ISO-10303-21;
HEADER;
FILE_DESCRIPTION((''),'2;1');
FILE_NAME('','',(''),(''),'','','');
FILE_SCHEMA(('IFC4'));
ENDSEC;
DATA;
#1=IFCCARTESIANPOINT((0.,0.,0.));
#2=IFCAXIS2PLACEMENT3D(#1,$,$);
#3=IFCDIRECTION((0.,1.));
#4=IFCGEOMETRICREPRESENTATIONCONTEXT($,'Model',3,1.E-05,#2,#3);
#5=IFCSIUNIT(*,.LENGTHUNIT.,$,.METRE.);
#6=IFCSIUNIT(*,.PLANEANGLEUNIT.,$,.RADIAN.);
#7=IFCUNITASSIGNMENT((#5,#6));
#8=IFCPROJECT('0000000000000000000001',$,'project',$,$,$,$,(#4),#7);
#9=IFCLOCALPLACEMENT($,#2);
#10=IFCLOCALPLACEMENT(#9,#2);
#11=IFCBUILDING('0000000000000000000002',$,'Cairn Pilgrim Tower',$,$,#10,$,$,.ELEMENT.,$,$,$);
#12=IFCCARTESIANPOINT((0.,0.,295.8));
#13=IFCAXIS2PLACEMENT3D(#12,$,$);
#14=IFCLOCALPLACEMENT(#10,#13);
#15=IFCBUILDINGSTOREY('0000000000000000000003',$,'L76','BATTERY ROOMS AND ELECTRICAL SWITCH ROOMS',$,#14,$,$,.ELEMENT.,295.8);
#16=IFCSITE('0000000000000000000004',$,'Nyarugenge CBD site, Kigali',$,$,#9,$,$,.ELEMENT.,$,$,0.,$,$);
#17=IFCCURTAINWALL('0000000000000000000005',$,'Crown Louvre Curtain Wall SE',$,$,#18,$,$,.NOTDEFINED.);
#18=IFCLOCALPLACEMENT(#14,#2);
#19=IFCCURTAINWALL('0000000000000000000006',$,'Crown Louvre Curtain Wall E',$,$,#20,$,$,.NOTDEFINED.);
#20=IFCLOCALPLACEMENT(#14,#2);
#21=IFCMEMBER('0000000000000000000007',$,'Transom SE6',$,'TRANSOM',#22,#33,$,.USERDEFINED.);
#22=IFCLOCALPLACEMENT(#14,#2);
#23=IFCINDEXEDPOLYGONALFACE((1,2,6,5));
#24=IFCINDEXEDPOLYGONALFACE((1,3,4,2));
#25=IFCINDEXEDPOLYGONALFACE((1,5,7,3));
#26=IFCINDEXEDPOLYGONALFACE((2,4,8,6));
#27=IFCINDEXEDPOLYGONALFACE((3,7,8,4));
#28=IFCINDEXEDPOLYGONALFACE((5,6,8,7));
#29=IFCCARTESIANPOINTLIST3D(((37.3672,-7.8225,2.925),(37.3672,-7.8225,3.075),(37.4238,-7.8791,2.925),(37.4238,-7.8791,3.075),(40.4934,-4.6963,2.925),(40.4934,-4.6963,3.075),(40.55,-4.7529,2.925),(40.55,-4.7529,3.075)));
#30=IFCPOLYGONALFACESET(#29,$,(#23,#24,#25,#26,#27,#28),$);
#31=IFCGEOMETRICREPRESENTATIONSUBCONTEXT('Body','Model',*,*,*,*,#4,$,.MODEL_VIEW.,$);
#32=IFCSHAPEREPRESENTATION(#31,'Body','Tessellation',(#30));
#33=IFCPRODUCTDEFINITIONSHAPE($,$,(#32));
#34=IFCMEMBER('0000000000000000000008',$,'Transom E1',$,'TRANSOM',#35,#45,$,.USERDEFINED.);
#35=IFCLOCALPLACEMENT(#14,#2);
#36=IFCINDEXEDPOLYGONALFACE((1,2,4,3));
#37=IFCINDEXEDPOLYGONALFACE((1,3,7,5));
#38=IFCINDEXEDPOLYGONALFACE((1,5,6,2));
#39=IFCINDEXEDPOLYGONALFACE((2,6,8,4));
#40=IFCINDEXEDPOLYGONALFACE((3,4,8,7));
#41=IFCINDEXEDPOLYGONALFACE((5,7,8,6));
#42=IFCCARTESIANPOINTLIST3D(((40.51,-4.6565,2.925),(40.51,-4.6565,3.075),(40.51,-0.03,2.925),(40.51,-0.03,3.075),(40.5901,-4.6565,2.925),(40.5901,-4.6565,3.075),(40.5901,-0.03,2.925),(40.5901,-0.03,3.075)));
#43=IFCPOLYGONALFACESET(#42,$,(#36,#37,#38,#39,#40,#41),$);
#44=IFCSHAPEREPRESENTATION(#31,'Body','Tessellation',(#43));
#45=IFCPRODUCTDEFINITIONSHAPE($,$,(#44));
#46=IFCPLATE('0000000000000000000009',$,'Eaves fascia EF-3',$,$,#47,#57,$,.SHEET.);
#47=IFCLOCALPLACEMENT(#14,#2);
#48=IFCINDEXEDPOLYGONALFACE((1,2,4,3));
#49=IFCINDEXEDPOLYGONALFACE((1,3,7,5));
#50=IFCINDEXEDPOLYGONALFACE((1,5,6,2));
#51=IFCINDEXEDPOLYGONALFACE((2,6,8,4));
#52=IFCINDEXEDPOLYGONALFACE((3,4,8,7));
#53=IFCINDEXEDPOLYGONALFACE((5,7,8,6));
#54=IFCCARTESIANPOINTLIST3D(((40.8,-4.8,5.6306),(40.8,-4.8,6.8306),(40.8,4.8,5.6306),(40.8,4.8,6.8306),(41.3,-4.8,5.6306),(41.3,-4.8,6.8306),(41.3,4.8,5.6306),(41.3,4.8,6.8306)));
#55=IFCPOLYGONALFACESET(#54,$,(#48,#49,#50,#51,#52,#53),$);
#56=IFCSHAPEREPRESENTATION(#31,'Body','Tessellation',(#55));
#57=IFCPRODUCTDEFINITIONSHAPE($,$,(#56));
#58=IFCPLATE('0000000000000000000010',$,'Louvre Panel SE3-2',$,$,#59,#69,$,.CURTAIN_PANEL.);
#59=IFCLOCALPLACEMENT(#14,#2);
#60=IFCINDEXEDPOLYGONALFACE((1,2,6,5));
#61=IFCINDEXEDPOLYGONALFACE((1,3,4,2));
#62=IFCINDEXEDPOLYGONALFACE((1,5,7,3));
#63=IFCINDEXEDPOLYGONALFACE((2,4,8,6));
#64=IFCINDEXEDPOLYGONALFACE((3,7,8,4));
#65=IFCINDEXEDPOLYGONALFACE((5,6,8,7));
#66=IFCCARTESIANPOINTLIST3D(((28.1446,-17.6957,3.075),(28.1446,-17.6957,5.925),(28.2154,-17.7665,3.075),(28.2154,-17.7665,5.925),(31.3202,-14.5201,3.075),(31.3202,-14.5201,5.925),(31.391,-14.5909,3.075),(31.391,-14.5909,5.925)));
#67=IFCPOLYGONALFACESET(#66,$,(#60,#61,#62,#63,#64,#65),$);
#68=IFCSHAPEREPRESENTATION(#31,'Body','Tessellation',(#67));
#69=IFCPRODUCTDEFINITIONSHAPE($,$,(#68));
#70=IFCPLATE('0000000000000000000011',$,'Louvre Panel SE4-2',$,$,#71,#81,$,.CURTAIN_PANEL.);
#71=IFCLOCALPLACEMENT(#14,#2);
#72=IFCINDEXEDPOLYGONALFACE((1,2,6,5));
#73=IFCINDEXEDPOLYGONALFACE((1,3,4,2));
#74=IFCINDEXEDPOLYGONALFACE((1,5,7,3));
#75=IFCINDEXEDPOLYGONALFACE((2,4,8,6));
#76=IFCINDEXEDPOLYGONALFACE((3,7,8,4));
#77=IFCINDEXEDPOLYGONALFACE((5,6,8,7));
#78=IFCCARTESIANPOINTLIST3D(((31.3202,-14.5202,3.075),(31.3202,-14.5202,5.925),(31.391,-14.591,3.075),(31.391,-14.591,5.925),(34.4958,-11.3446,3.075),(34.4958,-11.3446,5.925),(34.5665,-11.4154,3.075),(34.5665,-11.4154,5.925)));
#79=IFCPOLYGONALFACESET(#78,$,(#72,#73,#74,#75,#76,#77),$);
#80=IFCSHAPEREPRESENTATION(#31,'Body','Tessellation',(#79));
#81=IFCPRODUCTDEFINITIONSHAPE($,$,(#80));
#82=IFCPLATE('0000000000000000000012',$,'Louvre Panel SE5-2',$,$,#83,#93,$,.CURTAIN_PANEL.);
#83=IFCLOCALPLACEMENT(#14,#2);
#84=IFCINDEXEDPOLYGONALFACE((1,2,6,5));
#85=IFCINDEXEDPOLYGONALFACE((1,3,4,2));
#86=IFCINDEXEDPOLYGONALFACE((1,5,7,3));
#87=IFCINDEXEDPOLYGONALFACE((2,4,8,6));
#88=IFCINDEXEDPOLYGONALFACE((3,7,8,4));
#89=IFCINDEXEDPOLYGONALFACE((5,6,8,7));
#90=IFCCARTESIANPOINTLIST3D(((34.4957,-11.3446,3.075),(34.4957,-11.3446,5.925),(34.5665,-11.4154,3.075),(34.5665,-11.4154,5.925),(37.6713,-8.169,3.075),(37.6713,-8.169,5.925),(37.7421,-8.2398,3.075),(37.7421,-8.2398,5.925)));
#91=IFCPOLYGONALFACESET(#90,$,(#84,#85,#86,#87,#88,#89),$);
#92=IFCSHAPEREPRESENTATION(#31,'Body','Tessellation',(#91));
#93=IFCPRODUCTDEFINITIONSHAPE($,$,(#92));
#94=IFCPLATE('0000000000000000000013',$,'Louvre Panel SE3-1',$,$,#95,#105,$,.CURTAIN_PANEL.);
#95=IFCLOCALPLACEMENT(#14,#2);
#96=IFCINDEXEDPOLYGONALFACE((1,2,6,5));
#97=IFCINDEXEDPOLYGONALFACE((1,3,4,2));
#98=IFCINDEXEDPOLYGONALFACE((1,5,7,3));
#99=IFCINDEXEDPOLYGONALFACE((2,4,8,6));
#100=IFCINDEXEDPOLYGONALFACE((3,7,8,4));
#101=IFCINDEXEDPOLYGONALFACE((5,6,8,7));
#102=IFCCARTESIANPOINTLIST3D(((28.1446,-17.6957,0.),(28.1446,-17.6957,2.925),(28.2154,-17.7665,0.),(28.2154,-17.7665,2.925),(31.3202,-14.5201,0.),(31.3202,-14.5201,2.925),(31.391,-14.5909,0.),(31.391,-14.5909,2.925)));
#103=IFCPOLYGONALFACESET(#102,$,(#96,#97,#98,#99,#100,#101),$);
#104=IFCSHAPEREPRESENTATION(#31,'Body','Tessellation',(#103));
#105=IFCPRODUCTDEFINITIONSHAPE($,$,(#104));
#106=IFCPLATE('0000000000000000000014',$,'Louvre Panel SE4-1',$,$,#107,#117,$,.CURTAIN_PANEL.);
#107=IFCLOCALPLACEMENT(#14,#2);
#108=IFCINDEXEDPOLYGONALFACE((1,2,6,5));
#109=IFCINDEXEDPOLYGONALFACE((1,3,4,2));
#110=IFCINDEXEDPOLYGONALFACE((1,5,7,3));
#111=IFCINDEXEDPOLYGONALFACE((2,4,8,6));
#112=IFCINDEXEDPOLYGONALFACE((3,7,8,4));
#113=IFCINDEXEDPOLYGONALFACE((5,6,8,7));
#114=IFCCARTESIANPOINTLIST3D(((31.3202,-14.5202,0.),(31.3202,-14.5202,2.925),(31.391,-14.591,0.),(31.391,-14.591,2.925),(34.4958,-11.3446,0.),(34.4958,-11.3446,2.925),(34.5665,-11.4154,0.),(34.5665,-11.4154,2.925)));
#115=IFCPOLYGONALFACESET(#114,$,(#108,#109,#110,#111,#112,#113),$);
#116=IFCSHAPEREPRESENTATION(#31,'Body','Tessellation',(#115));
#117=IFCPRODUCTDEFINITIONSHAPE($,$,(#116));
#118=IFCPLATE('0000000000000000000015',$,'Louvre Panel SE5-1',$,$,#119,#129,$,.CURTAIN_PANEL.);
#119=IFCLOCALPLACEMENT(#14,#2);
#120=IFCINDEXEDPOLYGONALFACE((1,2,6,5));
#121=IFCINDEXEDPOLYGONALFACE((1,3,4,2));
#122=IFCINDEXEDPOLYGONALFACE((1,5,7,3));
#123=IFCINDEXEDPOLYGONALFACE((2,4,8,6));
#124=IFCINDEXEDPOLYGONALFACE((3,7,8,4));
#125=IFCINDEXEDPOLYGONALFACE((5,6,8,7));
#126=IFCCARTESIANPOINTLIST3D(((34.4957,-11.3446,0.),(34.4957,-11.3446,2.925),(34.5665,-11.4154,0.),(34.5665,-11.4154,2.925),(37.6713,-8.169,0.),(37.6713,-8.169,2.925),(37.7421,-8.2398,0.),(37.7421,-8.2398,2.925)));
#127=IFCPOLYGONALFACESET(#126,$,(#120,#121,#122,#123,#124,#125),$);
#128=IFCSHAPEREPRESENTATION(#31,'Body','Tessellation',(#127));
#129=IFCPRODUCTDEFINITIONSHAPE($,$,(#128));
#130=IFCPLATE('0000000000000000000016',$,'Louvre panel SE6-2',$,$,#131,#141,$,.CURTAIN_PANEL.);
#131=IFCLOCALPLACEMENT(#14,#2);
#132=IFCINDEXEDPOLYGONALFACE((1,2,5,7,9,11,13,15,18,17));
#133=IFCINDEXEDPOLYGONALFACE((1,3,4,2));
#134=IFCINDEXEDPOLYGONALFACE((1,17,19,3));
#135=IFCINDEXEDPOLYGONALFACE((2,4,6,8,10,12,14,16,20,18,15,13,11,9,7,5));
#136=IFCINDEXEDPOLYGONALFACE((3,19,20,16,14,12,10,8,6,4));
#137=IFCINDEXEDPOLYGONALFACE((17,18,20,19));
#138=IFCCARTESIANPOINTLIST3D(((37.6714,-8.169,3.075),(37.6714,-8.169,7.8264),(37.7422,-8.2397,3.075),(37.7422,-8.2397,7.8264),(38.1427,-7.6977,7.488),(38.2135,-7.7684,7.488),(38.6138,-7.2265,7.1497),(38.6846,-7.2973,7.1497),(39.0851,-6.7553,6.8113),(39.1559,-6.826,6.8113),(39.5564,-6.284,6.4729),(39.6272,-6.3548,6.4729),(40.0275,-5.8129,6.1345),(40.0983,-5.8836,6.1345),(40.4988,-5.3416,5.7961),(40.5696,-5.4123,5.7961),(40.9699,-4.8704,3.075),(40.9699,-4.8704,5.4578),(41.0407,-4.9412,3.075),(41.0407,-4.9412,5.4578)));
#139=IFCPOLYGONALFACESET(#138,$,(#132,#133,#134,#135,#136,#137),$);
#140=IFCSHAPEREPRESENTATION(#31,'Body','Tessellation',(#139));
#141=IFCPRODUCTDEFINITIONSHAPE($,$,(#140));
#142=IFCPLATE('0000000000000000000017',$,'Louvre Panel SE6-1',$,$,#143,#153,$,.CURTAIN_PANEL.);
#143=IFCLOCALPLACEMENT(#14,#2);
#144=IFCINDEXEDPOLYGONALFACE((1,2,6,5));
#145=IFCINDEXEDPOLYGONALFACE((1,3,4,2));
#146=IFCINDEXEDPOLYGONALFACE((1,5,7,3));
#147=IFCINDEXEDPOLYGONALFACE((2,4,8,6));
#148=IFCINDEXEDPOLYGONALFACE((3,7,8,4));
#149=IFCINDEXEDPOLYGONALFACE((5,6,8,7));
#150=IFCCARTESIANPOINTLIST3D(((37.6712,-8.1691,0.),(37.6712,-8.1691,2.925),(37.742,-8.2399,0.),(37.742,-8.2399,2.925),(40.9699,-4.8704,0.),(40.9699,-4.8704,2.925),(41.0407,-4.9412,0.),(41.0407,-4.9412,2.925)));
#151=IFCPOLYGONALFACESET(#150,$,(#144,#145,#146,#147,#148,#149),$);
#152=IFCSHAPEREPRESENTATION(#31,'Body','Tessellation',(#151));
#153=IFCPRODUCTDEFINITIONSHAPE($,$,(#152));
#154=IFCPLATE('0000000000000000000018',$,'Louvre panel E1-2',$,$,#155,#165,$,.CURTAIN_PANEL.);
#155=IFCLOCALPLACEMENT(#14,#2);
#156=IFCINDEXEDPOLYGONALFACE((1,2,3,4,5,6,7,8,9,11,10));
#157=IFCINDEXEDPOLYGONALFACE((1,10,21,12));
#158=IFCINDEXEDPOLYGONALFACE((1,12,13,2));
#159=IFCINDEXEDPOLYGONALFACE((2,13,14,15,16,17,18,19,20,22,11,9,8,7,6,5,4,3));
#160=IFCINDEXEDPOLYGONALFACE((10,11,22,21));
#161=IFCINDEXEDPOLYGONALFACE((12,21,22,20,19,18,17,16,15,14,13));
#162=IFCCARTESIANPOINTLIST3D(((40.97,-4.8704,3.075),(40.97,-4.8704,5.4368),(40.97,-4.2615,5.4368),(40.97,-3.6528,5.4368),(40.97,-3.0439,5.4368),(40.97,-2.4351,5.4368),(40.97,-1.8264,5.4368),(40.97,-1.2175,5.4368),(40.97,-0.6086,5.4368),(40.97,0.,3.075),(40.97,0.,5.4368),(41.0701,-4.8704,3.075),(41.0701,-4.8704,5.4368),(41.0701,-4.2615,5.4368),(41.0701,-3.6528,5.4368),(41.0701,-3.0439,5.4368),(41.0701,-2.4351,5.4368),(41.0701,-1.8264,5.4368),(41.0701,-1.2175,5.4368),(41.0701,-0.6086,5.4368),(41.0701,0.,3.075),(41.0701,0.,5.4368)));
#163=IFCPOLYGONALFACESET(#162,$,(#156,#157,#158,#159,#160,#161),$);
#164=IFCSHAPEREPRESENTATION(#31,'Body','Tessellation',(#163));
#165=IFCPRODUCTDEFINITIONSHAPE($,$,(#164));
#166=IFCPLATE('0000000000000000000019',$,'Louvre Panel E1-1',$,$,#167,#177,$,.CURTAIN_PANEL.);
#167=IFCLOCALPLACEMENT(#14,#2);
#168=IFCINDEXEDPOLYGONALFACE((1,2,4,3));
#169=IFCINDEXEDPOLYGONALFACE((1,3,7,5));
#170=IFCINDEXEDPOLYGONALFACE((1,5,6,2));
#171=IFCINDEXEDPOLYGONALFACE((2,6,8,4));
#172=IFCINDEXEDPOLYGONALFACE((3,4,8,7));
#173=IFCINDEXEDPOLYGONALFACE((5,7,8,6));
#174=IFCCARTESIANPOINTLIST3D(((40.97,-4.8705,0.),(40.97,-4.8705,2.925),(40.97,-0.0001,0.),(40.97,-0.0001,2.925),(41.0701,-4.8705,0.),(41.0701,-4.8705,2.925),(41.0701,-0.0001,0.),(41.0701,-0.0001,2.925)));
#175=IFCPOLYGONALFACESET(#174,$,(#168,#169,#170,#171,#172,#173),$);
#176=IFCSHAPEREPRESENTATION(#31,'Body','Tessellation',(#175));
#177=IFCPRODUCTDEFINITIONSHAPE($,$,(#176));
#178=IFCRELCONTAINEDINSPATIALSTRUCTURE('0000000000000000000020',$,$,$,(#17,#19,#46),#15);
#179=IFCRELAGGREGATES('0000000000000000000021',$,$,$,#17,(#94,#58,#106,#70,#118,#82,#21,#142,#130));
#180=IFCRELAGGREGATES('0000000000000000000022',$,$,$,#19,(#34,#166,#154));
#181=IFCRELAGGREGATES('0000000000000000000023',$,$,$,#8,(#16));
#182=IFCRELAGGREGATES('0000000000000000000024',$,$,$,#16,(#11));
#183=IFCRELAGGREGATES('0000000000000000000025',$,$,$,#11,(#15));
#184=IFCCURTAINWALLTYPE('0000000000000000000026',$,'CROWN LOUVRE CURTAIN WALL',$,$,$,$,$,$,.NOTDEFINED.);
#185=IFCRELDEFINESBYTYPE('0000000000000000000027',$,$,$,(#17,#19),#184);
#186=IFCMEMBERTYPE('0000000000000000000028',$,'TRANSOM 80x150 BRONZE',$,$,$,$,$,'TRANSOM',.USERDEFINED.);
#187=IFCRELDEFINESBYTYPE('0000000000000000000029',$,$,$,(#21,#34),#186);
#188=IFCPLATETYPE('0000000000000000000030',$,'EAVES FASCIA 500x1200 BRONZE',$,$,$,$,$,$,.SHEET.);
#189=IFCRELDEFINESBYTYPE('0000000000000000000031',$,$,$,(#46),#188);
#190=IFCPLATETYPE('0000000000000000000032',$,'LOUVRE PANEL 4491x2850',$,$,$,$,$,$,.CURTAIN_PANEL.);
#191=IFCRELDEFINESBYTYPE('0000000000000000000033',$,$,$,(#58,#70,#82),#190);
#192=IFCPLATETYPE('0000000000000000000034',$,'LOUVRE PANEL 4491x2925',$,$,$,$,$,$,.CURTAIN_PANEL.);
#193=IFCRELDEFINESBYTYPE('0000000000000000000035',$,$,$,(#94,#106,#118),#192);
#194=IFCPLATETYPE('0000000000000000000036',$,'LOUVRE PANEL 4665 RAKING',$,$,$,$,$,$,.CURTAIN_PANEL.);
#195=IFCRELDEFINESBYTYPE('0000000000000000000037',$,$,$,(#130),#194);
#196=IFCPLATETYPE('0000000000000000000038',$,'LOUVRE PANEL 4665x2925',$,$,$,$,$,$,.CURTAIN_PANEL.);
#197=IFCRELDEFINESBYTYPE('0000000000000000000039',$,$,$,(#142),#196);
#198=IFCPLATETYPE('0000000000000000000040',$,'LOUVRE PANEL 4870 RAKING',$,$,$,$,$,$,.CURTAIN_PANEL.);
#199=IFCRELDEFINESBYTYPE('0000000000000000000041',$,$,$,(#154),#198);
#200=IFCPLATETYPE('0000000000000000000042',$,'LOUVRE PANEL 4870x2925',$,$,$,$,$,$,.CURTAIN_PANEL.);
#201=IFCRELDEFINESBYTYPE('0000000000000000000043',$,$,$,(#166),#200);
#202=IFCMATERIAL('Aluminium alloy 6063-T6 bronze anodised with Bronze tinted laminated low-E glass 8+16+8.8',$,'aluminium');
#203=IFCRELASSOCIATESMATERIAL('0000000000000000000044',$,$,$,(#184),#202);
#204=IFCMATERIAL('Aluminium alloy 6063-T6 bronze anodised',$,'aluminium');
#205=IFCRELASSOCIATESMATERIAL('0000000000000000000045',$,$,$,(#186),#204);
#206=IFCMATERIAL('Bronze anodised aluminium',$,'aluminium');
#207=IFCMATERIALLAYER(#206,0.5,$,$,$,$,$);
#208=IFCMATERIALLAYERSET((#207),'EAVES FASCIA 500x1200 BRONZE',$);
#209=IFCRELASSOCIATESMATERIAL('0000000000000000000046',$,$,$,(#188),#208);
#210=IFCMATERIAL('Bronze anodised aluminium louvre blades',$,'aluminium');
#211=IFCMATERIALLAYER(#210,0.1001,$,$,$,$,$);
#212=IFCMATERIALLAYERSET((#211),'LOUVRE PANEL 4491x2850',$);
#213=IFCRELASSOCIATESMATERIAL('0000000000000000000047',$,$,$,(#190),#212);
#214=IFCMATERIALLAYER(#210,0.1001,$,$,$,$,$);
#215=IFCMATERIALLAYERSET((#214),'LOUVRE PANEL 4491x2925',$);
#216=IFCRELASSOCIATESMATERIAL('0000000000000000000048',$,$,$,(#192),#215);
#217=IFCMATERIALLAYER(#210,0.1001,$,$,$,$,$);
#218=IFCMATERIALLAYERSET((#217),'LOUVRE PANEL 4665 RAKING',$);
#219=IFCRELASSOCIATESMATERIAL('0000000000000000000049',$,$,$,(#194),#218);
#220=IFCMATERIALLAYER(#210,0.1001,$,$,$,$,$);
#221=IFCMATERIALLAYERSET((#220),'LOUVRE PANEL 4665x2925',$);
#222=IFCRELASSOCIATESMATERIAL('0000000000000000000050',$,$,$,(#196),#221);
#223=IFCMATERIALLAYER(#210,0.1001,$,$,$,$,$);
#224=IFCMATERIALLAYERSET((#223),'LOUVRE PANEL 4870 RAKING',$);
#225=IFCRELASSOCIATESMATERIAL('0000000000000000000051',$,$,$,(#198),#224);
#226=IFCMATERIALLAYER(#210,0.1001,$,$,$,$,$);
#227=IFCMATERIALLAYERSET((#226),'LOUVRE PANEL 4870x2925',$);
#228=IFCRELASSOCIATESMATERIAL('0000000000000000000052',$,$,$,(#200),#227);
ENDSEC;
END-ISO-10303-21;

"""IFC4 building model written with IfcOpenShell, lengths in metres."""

from ifc_helpers import new_model, si_unit, direction, frame, origin, origin_2d, place, context, subcontext, project, spatial, polyline, rectangle, outline, extrude, material, layer, layer_set, material_profile, profile_set, type_object, element, aggregate, save


model = new_model("IFC4")

# Units and contexts
model_context = context("Model", 3, precision=1e-05, world=origin(), true_north=direction((0.0, 1.0)))
body_context = subcontext(model_context, "Body", "Model", "MODEL_VIEW")
ifc_project = project(units=[si_unit("LENGTHUNIT", "METRE"), si_unit("PLANEANGLEUNIT", "RADIAN")], contexts=[model_context])

# Site, building, storey
site_placement = place(None, origin())
site = spatial("IfcSite", under=ifc_project, at=site_placement, Name="Nyarugenge CBD site, Kigali", CompositionType="ELEMENT", RefElevation=0.0)
building_placement = place(site_placement, origin())
building = spatial("IfcBuilding", under=site, at=building_placement, Name="Cairn Pilgrim Tower", CompositionType="ELEMENT")
storey_placement = place(building_placement, frame((0.0, 0.0, 295.8)))
storey = spatial("IfcBuildingStorey", under=building, at=storey_placement, Name="L76", Description="BATTERY ROOMS AND ELECTRICAL SWITCH ROOMS", CompositionType="ELEMENT", Elevation=295.8)

# Curtain wall
ifc_material_1 = material(Name="Aluminium alloy 6063-T6 bronze anodised with Bronze tinted laminated low-E glass 8+16+8.8", Category="aluminium")
curtain_wall_type = type_object("IfcCurtainWallType", Name="CROWN LOUVRE CURTAIN WALL", PredefinedType="NOTDEFINED", material=ifc_material_1)
curtain_wall_1_placement = place(storey_placement, origin())
curtain_wall_1 = element("IfcCurtainWall", 1, at=curtain_wall_1_placement, inside=storey, type_object=curtain_wall_type, Name="Crown Louvre Curtain Wall SE", PredefinedType="NOTDEFINED")
ifc_material_2 = material(Name="Aluminium alloy 6063-T6 bronze anodised", Category="aluminium")

# Curtain wall
curtain_wall_2_placement = place(storey_placement, origin())
curtain_wall_2 = element("IfcCurtainWall", 2, at=curtain_wall_2_placement, inside=storey, type_object=curtain_wall_type, Name="Crown Louvre Curtain Wall E", PredefinedType="NOTDEFINED")

# Members
ifc_material_profile_1 = material_profile(ifc_material_2, rectangle(XDim=0.0801, YDim=0.1499, at=origin_2d()), Name="TRANSOM 80x150 BRONZE")
ifc_profile_set_1 = profile_set([ifc_material_profile_1], Name="Aluminium alloy 6063-T6 bronze anodised")
member_type_1 = type_object("IfcMemberType", Name="TRANSOM 80x150 BRONZE", ElementType="TRANSOM", PredefinedType="USERDEFINED", material=ifc_profile_set_1)
member_1_placement = place(storey_placement, frame((37.3955, -7.8508, 3.0), z_axis=(0.707107, 0.707107, 0.0), x_axis=(-0.707107, 0.707107, 0.0)))
member_1 = element("IfcMember", 3, at=member_1_placement, type_object=member_type_1, Name="Transom SE6", ObjectType="TRANSOM", PredefinedType="USERDEFINED", context=body_context, shape_type="SweptSolid", body=[
    extrude(rectangle(XDim=0.0801, YDim=0.1499, at=origin_2d()), origin(), (0.0, 0.0, 1.0), 4.4211),
])
member_2_placement = place(storey_placement, frame((40.55, -4.6565, 3.0), z_axis=(0.0, 1.0, 0.0), x_axis=(-1.0, 0.0, 0.0)))
member_2 = element("IfcMember", 4, at=member_2_placement, type_object=member_type_1, Name="Transom E1", ObjectType="TRANSOM", PredefinedType="USERDEFINED", context=body_context, shape_type="SweptSolid", body=[
    extrude(rectangle(XDim=0.0801, YDim=0.1499, at=origin_2d()), origin(), (0.0, 0.0, 1.0), 4.6265),
])

# Plates
ifc_material_3 = material(Name="Bronze anodised aluminium", Category="aluminium")
ifc_layer_1 = layer(ifc_material_3, 0.5)
ifc_layer_set_1 = layer_set([ifc_layer_1], Name="EAVES FASCIA 500x1200 BRONZE")
plate_type_1 = type_object("IfcPlateType", Name="EAVES FASCIA 500x1200 BRONZE", PredefinedType="SHEET", material=ifc_layer_set_1)
plate_1_placement = place(storey_placement, frame((41.05, -4.8, 5.6306), z_axis=(0.0, 0.0, 1.0), x_axis=(0.0, 1.0, 0.0)))
element("IfcPlate", 5, at=plate_1_placement, inside=storey, type_object=plate_type_1, Name="Eaves fascia EF-3", PredefinedType="SHEET", context=body_context, shape_type="SweptSolid", body=[
    extrude(outline(polyline([(0.0, 0.0), (9.6001, 0.0), (9.6001, 1.2), (0.0, 1.2), (0.0, 0.0)])), frame((0.0, 0.25, 0.0), z_axis=(0.0, -1.0, 0.0), x_axis=(1.0, 0.0, 0.0)), (0.0, 0.0, 1.0), 0.5),
])
ifc_material_4 = material(Name="Bronze anodised aluminium louvre blades", Category="aluminium")
ifc_layer_2 = layer(ifc_material_4, 0.1001)
ifc_layer_set_2 = layer_set([ifc_layer_2], Name="LOUVRE PANEL 4491x2850")
plate_type_2 = type_object("IfcPlateType", Name="LOUVRE PANEL 4491x2850", PredefinedType="CURTAIN_PANEL", material=ifc_layer_set_2)
plate_2_placement = place(storey_placement, frame((29.7678, -16.1433, 3.075), z_axis=(0.0, 0.0, 1.0), x_axis=(0.707107, 0.707107, 0.0)))
plate_2 = element("IfcPlate", 6, at=plate_2_placement, type_object=plate_type_2, Name="Louvre Panel SE3-2", PredefinedType="CURTAIN_PANEL", context=body_context, shape_type="SweptSolid", body=[
    extrude(rectangle(XDim=4.491, YDim=0.1001, at=origin_2d()), origin(), (0.0, 0.0, 1.0), 2.8501),
])
plate_3_placement = place(storey_placement, frame((32.9434, -12.9678, 3.075), z_axis=(0.0, 0.0, 1.0), x_axis=(0.707107, 0.707107, 0.0)))
plate_3 = element("IfcPlate", 7, at=plate_3_placement, type_object=plate_type_2, Name="Louvre Panel SE4-2", PredefinedType="CURTAIN_PANEL", context=body_context, shape_type="SweptSolid", body=[
    extrude(rectangle(XDim=4.491, YDim=0.1001, at=origin_2d()), origin(), (0.0, 0.0, 1.0), 2.8501),
])
plate_4_placement = place(storey_placement, frame((36.1189, -9.7922, 3.075), z_axis=(0.0, 0.0, 1.0), x_axis=(0.707107, 0.707107, 0.0)))
plate_4 = element("IfcPlate", 8, at=plate_4_placement, type_object=plate_type_2, Name="Louvre Panel SE5-2", PredefinedType="CURTAIN_PANEL", context=body_context, shape_type="SweptSolid", body=[
    extrude(rectangle(XDim=4.491, YDim=0.1001, at=origin_2d()), origin(), (0.0, 0.0, 1.0), 2.8501),
])
ifc_layer_3 = layer(ifc_material_4, 0.1001)
ifc_layer_set_3 = layer_set([ifc_layer_3], Name="LOUVRE PANEL 4491x2925")
plate_type_3 = type_object("IfcPlateType", Name="LOUVRE PANEL 4491x2925", PredefinedType="CURTAIN_PANEL", material=ifc_layer_set_3)
plate_5_placement = place(storey_placement, frame((29.7678, -16.1433, 0.0), z_axis=(0.0, 0.0, 1.0), x_axis=(0.707107, 0.707107, 0.0)))
plate_5 = element("IfcPlate", 9, at=plate_5_placement, type_object=plate_type_3, Name="Louvre Panel SE3-1", PredefinedType="CURTAIN_PANEL", context=body_context, shape_type="SweptSolid", body=[
    extrude(rectangle(XDim=4.491, YDim=0.1001, at=origin_2d()), origin(), (0.0, 0.0, 1.0), 2.925),
])
plate_6_placement = place(storey_placement, frame((32.9434, -12.9678, 0.0), z_axis=(0.0, 0.0, 1.0), x_axis=(0.707107, 0.707107, 0.0)))
plate_6 = element("IfcPlate", 10, at=plate_6_placement, type_object=plate_type_3, Name="Louvre Panel SE4-1", PredefinedType="CURTAIN_PANEL", context=body_context, shape_type="SweptSolid", body=[
    extrude(rectangle(XDim=4.491, YDim=0.1001, at=origin_2d()), origin(), (0.0, 0.0, 1.0), 2.925),
])
plate_7_placement = place(storey_placement, frame((36.1189, -9.7922, 0.0), z_axis=(0.0, 0.0, 1.0), x_axis=(0.707107, 0.707107, 0.0)))
plate_7 = element("IfcPlate", 11, at=plate_7_placement, type_object=plate_type_3, Name="Louvre Panel SE5-1", PredefinedType="CURTAIN_PANEL", context=body_context, shape_type="SweptSolid", body=[
    extrude(rectangle(XDim=4.491, YDim=0.1001, at=origin_2d()), origin(), (0.0, 0.0, 1.0), 2.925),
])
ifc_layer_4 = layer(ifc_material_4, 0.1001)
ifc_layer_set_4 = layer_set([ifc_layer_4], Name="LOUVRE PANEL 4665 RAKING")
plate_type_4 = type_object("IfcPlateType", Name="LOUVRE PANEL 4665 RAKING", PredefinedType="CURTAIN_PANEL", material=ifc_layer_set_4)
plate_8_placement = place(storey_placement, frame((37.7068, -8.2043, 3.075), z_axis=(0.0, 0.0, 1.0), x_axis=(0.707107, 0.707107, 0.0)))
plate_8 = element("IfcPlate", 12, at=plate_8_placement, type_object=plate_type_4, Name="Louvre panel SE6-2", PredefinedType="CURTAIN_PANEL", context=body_context, shape_type="SweptSolid", body=[
    extrude(outline(polyline([(0.0, 0.0), (4.6648, 0.0), (4.6648, 2.3828), (3.9985, 2.7212), (3.332, 3.0596), (2.6658, 3.3979), (1.9993, 3.7363), (1.3328, 4.0747), (0.6665, 4.4131), (0.0, 4.7515), (0.0, 0.0)])), frame((0.0, 0.05, 0.0), z_axis=(0.0, -1.0, 0.0), x_axis=(1.0, 0.0, 0.0)), (0.0, 0.0, 1.0), 0.1001),
])
ifc_layer_5 = layer(ifc_material_4, 0.1001)
ifc_layer_set_5 = layer_set([ifc_layer_5], Name="LOUVRE PANEL 4665x2925")
plate_type_5 = type_object("IfcPlateType", Name="LOUVRE PANEL 4665x2925", PredefinedType="CURTAIN_PANEL", material=ifc_layer_set_5)
plate_9_placement = place(storey_placement, frame((39.356, -6.5552, 0.0), z_axis=(0.0, 0.0, 1.0), x_axis=(0.707107, 0.707107, 0.0)))
plate_9 = element("IfcPlate", 13, at=plate_9_placement, type_object=plate_type_5, Name="Louvre Panel SE6-1", PredefinedType="CURTAIN_PANEL", context=body_context, shape_type="SweptSolid", body=[
    extrude(rectangle(XDim=4.665, YDim=0.1001, at=origin_2d()), origin(), (0.0, 0.0, 1.0), 2.925),
])
aggregate(curtain_wall_1, [plate_5, plate_2, plate_6, plate_3, plate_7, plate_4, member_1, plate_9, plate_8])
ifc_layer_6 = layer(ifc_material_4, 0.1001)
ifc_layer_set_6 = layer_set([ifc_layer_6], Name="LOUVRE PANEL 4870 RAKING")
plate_type_6 = type_object("IfcPlateType", Name="LOUVRE PANEL 4870 RAKING", PredefinedType="CURTAIN_PANEL", material=ifc_layer_set_6)
plate_10_placement = place(storey_placement, frame((41.02, -4.8704, 3.075), z_axis=(0.0, 0.0, 1.0), x_axis=(0.0, 1.0, 0.0)))
plate_10 = element("IfcPlate", 14, at=plate_10_placement, type_object=plate_type_6, Name="Louvre panel E1-2", PredefinedType="CURTAIN_PANEL", context=body_context, shape_type="SweptSolid", body=[
    extrude(outline(polyline([(0.0, 0.0), (4.8704, 0.0), (4.8704, 2.3618), (4.2617, 2.3618), (3.6528, 2.3618), (3.0439, 2.3618), (2.4353, 2.3618), (1.8264, 2.3618), (1.2175, 2.3618), (0.6089, 2.3618), (0.0, 2.3618), (0.0, 0.0)])), frame((0.0, 0.05, 0.0), z_axis=(0.0, -1.0, 0.0), x_axis=(1.0, 0.0, 0.0)), (0.0, 0.0, 1.0), 0.1001),
])
ifc_layer_7 = layer(ifc_material_4, 0.1001)
ifc_layer_set_7 = layer_set([ifc_layer_7], Name="LOUVRE PANEL 4870x2925")
plate_type_7 = type_object("IfcPlateType", Name="LOUVRE PANEL 4870x2925", PredefinedType="CURTAIN_PANEL", material=ifc_layer_set_7)
plate_11_placement = place(storey_placement, frame((41.02, -2.4353, 0.0), z_axis=(0.0, 0.0, 1.0), x_axis=(0.0, 1.0, 0.0)))
plate_11 = element("IfcPlate", 15, at=plate_11_placement, type_object=plate_type_7, Name="Louvre Panel E1-1", PredefinedType="CURTAIN_PANEL", context=body_context, shape_type="SweptSolid", body=[
    extrude(rectangle(XDim=4.8704, YDim=0.1001, at=origin_2d()), origin(), (0.0, 0.0, 1.0), 2.925),
])
aggregate(curtain_wall_2, [member_2, plate_11, plate_10])

save(model, "model.ifc")
